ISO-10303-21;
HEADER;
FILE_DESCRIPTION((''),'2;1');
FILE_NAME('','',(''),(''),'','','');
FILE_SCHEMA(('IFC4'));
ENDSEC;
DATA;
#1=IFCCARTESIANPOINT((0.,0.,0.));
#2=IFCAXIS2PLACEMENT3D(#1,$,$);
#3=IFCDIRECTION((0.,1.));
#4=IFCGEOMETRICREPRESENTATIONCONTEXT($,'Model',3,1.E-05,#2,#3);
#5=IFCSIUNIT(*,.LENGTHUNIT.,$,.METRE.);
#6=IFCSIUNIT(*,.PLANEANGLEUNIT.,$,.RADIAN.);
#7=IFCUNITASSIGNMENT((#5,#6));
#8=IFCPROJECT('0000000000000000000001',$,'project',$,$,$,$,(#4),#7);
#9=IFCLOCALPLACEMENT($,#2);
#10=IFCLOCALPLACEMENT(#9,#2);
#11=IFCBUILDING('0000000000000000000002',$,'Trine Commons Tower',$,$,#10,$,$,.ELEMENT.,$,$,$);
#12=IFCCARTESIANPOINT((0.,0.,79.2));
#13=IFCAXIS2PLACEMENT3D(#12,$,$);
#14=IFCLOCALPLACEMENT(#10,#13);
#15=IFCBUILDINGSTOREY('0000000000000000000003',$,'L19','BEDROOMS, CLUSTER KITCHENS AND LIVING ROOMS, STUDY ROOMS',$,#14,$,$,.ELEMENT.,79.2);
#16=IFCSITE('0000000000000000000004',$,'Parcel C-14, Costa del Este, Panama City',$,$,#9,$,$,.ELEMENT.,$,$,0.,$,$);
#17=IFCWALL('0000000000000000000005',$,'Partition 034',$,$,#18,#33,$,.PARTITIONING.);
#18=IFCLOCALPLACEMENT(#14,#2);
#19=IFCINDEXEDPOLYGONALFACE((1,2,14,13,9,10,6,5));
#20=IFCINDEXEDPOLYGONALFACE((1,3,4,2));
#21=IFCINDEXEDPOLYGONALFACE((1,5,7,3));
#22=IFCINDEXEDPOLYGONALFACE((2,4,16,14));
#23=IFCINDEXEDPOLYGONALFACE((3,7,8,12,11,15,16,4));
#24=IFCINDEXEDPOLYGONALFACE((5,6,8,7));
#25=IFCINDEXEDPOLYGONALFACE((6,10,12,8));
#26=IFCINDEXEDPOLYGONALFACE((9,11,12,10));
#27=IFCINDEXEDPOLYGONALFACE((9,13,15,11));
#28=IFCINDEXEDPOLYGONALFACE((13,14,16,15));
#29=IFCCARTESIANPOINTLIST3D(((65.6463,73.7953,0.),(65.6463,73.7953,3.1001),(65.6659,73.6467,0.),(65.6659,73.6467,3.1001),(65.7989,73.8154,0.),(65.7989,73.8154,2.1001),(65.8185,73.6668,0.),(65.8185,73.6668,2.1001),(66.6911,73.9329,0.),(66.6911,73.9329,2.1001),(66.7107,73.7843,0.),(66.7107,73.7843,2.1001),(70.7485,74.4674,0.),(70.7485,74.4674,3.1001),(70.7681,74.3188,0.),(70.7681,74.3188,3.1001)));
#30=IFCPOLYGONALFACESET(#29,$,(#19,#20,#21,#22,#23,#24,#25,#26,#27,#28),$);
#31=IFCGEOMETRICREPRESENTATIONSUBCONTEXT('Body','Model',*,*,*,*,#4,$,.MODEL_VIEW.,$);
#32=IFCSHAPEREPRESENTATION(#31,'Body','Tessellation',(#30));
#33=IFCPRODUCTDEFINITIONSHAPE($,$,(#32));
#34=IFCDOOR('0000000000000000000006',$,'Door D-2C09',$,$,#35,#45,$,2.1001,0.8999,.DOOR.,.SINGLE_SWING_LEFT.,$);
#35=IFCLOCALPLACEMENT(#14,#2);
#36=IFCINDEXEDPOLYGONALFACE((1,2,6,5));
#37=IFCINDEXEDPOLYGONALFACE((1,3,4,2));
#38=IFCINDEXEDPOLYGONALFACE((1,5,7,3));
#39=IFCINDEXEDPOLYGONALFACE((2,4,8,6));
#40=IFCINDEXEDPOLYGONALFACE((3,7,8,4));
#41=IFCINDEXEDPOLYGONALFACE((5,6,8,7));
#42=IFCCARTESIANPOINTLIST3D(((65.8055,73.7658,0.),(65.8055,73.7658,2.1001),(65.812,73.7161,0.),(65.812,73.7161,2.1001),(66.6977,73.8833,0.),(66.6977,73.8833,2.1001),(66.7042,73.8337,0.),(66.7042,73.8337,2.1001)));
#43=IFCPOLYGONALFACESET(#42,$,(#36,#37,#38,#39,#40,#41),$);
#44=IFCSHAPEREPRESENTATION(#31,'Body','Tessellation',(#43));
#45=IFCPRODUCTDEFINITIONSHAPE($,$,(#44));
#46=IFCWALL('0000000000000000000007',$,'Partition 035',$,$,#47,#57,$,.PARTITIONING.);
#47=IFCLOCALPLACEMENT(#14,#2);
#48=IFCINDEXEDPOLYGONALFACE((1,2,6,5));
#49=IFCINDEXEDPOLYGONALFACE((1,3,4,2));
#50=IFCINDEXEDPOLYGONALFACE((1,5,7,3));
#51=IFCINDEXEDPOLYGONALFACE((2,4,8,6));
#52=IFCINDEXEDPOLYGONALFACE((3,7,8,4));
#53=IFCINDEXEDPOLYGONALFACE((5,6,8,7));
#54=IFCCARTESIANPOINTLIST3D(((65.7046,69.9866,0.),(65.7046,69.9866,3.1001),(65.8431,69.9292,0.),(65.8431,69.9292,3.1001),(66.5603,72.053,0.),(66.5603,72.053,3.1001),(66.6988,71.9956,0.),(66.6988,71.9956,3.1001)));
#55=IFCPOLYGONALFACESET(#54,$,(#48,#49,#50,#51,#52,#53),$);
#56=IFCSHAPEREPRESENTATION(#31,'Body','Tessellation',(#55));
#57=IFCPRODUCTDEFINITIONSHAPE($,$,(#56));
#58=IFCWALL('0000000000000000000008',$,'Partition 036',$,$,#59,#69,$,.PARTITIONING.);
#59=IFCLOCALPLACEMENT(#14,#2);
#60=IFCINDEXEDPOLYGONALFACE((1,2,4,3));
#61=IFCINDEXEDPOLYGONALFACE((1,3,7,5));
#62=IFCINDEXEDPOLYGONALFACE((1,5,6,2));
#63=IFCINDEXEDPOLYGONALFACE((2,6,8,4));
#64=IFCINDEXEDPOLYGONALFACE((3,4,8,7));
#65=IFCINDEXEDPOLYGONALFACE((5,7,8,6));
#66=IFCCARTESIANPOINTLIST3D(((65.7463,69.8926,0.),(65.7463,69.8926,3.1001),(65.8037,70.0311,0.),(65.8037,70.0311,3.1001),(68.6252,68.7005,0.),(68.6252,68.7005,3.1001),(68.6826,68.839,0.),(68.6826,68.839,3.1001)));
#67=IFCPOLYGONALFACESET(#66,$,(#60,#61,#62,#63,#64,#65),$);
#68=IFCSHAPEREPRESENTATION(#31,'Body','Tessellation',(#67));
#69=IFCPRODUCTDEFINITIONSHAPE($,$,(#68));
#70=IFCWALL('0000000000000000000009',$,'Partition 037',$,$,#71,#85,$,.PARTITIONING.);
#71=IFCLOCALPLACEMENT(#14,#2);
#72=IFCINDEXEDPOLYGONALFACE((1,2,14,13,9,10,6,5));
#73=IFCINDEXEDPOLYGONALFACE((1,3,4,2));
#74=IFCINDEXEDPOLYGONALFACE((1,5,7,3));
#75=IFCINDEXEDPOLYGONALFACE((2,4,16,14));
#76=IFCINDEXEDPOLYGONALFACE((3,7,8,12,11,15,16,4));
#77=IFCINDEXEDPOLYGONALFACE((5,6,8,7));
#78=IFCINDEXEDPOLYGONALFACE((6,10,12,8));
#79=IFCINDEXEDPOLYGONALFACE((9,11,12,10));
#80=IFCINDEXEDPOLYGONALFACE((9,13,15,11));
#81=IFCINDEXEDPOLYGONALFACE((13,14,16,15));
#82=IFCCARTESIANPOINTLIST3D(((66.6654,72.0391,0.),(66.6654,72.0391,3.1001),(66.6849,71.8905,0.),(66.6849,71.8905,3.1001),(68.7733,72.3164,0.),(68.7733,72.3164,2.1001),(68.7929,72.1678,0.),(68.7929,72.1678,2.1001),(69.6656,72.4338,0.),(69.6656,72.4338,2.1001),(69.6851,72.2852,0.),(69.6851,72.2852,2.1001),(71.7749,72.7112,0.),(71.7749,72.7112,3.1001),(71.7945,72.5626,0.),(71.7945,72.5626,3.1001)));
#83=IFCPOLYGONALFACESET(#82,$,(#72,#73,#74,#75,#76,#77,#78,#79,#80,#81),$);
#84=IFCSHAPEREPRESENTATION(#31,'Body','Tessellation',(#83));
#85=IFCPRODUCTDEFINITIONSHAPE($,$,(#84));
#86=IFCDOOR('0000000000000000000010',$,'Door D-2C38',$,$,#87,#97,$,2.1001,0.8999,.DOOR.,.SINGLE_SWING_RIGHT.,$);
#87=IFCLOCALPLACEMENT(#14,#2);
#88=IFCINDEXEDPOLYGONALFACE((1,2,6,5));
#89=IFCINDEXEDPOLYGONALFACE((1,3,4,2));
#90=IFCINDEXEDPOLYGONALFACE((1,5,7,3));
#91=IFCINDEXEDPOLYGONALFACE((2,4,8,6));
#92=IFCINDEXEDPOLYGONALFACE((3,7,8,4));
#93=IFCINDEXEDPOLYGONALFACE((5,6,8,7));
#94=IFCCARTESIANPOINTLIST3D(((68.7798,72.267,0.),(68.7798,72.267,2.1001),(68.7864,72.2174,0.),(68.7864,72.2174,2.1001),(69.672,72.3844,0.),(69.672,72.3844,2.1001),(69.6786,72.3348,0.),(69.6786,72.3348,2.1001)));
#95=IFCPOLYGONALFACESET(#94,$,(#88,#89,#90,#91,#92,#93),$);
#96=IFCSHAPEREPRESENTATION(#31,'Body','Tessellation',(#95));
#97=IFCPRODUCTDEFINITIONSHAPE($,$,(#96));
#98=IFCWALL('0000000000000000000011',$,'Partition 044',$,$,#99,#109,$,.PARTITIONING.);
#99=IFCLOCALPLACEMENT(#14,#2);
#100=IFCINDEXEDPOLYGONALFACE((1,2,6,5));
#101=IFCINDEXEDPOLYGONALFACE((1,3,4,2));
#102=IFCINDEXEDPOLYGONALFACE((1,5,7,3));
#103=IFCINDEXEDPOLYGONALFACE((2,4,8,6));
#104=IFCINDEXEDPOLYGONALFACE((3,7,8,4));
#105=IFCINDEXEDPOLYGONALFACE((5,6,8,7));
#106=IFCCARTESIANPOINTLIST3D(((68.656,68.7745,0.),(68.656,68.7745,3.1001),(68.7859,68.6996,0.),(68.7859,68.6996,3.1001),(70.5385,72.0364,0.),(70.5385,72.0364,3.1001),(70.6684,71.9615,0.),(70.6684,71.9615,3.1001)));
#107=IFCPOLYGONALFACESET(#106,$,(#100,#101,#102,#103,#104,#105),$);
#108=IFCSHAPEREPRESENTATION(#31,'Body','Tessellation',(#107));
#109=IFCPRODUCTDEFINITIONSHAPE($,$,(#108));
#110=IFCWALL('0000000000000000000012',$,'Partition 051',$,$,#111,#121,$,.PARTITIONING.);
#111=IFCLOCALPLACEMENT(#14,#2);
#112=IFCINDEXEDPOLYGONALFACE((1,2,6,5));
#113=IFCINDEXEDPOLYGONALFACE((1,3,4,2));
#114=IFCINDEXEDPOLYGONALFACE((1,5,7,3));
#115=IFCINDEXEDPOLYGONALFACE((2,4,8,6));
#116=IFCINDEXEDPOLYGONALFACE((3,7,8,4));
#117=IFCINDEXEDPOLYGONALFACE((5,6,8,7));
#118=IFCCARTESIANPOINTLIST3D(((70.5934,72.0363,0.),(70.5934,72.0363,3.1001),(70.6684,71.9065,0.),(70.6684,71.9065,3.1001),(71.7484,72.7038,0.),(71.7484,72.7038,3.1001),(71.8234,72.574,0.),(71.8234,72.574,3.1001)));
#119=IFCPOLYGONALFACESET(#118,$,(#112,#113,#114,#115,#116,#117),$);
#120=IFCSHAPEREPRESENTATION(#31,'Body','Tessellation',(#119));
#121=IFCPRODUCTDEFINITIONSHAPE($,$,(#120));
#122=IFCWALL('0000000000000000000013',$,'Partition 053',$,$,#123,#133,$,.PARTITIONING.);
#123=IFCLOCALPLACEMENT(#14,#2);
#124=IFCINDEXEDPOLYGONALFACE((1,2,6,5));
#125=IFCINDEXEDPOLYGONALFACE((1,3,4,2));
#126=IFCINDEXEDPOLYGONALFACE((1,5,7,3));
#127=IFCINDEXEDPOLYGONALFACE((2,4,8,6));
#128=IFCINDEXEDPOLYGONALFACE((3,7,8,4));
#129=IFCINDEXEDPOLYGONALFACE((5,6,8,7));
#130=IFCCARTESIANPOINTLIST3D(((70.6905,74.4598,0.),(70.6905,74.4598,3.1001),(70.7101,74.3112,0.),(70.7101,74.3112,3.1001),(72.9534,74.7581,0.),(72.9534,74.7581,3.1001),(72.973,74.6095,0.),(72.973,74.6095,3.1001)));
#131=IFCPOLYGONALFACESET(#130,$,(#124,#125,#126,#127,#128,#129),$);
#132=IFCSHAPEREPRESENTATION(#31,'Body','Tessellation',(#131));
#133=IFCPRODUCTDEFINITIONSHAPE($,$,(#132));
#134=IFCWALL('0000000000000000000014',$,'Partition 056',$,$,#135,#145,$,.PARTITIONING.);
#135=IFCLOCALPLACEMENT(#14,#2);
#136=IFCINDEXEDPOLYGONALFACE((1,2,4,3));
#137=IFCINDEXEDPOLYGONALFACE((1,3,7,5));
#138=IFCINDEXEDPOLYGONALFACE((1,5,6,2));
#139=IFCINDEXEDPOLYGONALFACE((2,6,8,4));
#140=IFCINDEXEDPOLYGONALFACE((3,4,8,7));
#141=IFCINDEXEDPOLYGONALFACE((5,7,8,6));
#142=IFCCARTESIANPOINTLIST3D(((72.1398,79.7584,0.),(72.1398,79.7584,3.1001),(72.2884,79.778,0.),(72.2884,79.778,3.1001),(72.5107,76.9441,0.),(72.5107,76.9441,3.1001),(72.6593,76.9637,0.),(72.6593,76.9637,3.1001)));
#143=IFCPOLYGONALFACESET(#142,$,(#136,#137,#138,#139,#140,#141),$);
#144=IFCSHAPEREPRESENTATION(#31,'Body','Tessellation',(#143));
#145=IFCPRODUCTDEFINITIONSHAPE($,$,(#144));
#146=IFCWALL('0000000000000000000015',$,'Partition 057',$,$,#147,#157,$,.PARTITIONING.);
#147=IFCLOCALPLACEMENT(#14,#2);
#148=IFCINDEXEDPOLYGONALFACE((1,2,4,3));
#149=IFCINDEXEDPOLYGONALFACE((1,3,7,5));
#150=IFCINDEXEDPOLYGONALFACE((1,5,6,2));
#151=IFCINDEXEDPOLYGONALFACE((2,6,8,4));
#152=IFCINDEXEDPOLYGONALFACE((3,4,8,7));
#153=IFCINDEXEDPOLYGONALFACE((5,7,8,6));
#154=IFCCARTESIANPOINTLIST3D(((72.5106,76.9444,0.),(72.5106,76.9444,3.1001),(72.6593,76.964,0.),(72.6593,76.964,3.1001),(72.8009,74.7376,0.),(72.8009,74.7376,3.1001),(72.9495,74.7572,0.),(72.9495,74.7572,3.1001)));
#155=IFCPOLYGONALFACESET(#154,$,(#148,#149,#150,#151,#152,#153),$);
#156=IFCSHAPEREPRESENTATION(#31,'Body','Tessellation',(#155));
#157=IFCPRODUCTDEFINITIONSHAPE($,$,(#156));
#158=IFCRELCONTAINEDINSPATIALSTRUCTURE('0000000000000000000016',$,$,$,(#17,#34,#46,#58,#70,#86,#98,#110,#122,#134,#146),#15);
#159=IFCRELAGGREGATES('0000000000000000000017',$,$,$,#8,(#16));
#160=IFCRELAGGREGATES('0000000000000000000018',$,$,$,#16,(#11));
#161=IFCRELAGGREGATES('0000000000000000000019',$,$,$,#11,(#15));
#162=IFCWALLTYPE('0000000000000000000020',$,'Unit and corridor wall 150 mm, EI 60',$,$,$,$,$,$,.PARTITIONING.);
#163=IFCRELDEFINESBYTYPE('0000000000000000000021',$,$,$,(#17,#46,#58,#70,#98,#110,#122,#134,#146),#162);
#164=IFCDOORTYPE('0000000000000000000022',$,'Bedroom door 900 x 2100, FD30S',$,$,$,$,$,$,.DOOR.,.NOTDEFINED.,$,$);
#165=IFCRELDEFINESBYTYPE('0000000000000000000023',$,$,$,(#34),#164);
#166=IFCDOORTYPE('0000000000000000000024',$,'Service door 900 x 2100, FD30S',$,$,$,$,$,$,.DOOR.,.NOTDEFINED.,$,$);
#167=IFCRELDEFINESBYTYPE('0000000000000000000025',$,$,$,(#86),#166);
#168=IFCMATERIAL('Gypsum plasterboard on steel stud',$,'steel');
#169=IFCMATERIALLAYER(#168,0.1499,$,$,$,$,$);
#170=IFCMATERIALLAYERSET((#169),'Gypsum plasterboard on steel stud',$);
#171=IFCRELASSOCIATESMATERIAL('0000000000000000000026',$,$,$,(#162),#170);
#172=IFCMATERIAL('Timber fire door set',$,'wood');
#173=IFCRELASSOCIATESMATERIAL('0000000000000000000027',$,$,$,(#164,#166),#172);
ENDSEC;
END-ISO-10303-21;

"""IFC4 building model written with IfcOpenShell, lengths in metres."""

from ifc_helpers import new_model, si_unit, direction, frame, frame_2d, origin, place, context, subcontext, project, spatial, rectangle, extrude, material, layer, layer_set, type_object, element, fill, save


model = new_model("IFC4")

# Units and contexts
model_context = context("Model", 3, precision=1e-05, world=origin(), true_north=direction((0.0, 1.0)))
body_context = subcontext(model_context, "Body", "Model", "MODEL_VIEW")
ifc_project = project(units=[si_unit("LENGTHUNIT", "METRE"), si_unit("PLANEANGLEUNIT", "RADIAN")], contexts=[model_context])

# Site, building, storey
site_placement = place(None, origin())
site = spatial("IfcSite", under=ifc_project, at=site_placement, Name="Parcel C-14, Costa del Este, Panama City", CompositionType="ELEMENT", RefElevation=0.0)
building_placement = place(site_placement, origin())
building = spatial("IfcBuilding", under=site, at=building_placement, Name="Trine Commons Tower", CompositionType="ELEMENT")
storey_placement = place(building_placement, frame((0.0, 0.0, 79.2)))
storey = spatial("IfcBuildingStorey", under=building, at=storey_placement, Name="L19", Description="BEDROOMS, CLUSTER KITCHENS AND LIVING ROOMS, STUDY ROOMS", CompositionType="ELEMENT", Elevation=79.2)

# Shared definitions
ifc_material_1 = material(Name="Gypsum plasterboard on steel stud", Category="steel")
ifc_layer_1 = layer(ifc_material_1, 0.1499)
ifc_layer_set_1 = layer_set([ifc_layer_1], Name="Gypsum plasterboard on steel stud")
wall_type_1 = type_object("IfcWallType", Name="Unit and corridor wall 150 mm, EI 60", PredefinedType="PARTITIONING", material=ifc_layer_set_1)

# Wall, opening, door
wall_1_placement = place(storey_placement, frame((65.656, 73.7209, 0.0), z_axis=(0.0, 0.0, 1.0), x_axis=(0.991434, 0.130607, 0.0)))
wall_1 = element("IfcWall", 1, at=wall_1_placement, inside=storey, type_object=wall_type_1, Name="Partition 034", PredefinedType="PARTITIONING", context=body_context, shape_type="SweptSolid", body=[
    extrude(rectangle(XDim=5.1462, YDim=0.1499, at=frame_2d((2.5732, 0.0))), origin(), (0.0, 0.0, 1.0), 3.1001),
])
opening_1_placement = place(wall_1_placement, frame((0.1541, 0.0, 0.0)))
opening_1 = element("IfcOpeningElement", 2, at=opening_1_placement, cuts=wall_1, PredefinedType="OPENING", context=body_context, shape_type="SweptSolid", body=[
    extrude(rectangle(XDim=0.8999, YDim=2.1001, at=frame_2d((0.45, 1.05))), frame((0.0, 0.085, 0.0), z_axis=(0.0, -1.0, 0.0), x_axis=(1.0, 0.0, 0.0)), (0.0, 0.0, 1.0), 0.1699),
])
ifc_material_2 = material(Name="Timber fire door set", Category="wood")
door_type_1 = type_object("IfcDoorType", Name="Bedroom door 900 x 2100, FD30S", OperationType="NOTDEFINED", PredefinedType="DOOR", material=ifc_material_2)
door_1_placement = place(opening_1_placement, origin())
door_1 = element("IfcDoor", 3, at=door_1_placement, inside=storey, type_object=door_type_1, Name="Door D-2C09", OperationType="SINGLE_SWING_LEFT", OverallHeight=2.1001, OverallWidth=0.8999, PredefinedType="DOOR", context=body_context, shape_type="SweptSolid", body=[
    extrude(rectangle(XDim=0.8999, YDim=2.1001, at=frame_2d((0.45, 1.05))), frame((0.0, 0.0249, 0.0), z_axis=(0.0, -1.0, 0.0), x_axis=(1.0, 0.0, 0.0)), (0.0, 0.0, 1.0), 0.05),
])
fill(opening_1, door_1)

# Walls
wall_2_placement = place(storey_placement, frame((65.7739, 69.958, 0.0), z_axis=(0.0, 0.0, 1.0), x_axis=(0.382599, 0.923914, 0.0)))
element("IfcWall", 4, at=wall_2_placement, inside=storey, type_object=wall_type_1, Name="Partition 035", PredefinedType="PARTITIONING", context=body_context, shape_type="SweptSolid", body=[
    extrude(rectangle(XDim=2.2366, YDim=0.1499, at=frame_2d((1.1182, 0.0))), origin(), (0.0, 0.0, 1.0), 3.1001),
])
wall_3_placement = place(storey_placement, frame((65.7749, 69.9619, 0.0), z_axis=(0.0, 0.0, 1.0), x_axis=(0.923918, -0.382589, 0.0)))
element("IfcWall", 5, at=wall_3_placement, inside=storey, type_object=wall_type_1, Name="Partition 036", PredefinedType="PARTITIONING", context=body_context, shape_type="SweptSolid", body=[
    extrude(rectangle(XDim=3.116, YDim=0.1499, at=frame_2d((1.5581, 0.0))), origin(), (0.0, 0.0, 1.0), 3.1001),
])

# Wall, opening, door
wall_4_placement = place(storey_placement, frame((66.6753, 71.9648, 0.0), z_axis=(0.0, 0.0, 1.0), x_axis=(0.991459, 0.130417, 0.0)))
wall_4 = element("IfcWall", 6, at=wall_4_placement, inside=storey, type_object=wall_type_1, Name="Partition 037", PredefinedType="PARTITIONING", context=body_context, shape_type="SweptSolid", body=[
    extrude(rectangle(XDim=5.1536, YDim=0.1499, at=frame_2d((2.5767, 0.0))), origin(), (0.0, 0.0, 1.0), 3.1001),
])
opening_2_placement = place(wall_4_placement, frame((2.126, 0.0, 0.0)))
opening_2 = element("IfcOpeningElement", 7, at=opening_2_placement, cuts=wall_4, PredefinedType="OPENING", context=body_context, shape_type="SweptSolid", body=[
    extrude(rectangle(XDim=0.8999, YDim=2.1001, at=frame_2d((0.45, 1.05))), frame((0.0, 0.085, 0.0), z_axis=(0.0, -1.0, 0.0), x_axis=(1.0, 0.0, 0.0)), (0.0, 0.0, 1.0), 0.1699),
])
door_type_2 = type_object("IfcDoorType", Name="Service door 900 x 2100, FD30S", OperationType="NOTDEFINED", PredefinedType="DOOR", material=ifc_material_2)
door_2_placement = place(opening_2_placement, frame((0.8999, 0.0, 0.0), z_axis=(0.0, 0.0, 1.0), x_axis=(-1.0, 0.0, 0.0)))
door_2 = element("IfcDoor", 8, at=door_2_placement, inside=storey, type_object=door_type_2, Name="Door D-2C38", OperationType="SINGLE_SWING_RIGHT", OverallHeight=2.1001, OverallWidth=0.8999, PredefinedType="DOOR", context=body_context, shape_type="SweptSolid", body=[
    extrude(rectangle(XDim=0.8999, YDim=2.1001, at=frame_2d((0.45, 1.05))), frame((0.0, 0.0249, 0.0), z_axis=(0.0, -1.0, 0.0), x_axis=(1.0, 0.0, 0.0)), (0.0, 0.0, 1.0), 0.05),
])
fill(opening_2, door_2)

# Walls
wall_5_placement = place(storey_placement, frame((68.7209, 68.7371, 0.0), z_axis=(0.0, 0.0, 1.0), x_axis=(0.499855, 0.866109, 0.0)))
element("IfcWall", 9, at=wall_5_placement, inside=storey, type_object=wall_type_1, Name="Partition 044", PredefinedType="PARTITIONING", context=body_context, shape_type="SweptSolid", body=[
    extrude(rectangle(XDim=3.7661, YDim=0.1499, at=frame_2d((1.8831, 0.0))), origin(), (0.0, 0.0, 1.0), 3.1001),
])
wall_6_placement = place(storey_placement, frame((70.6309, 71.9714, 0.0), z_axis=(0.0, 0.0, 1.0), x_axis=(0.865823, 0.500351, 0.0)))
element("IfcWall", 10, at=wall_6_placement, inside=storey, type_object=wall_type_1, Name="Partition 051", PredefinedType="PARTITIONING", context=body_context, shape_type="SweptSolid", body=[
    extrude(rectangle(XDim=1.334, YDim=0.1499, at=frame_2d((0.667, 0.0))), origin(), (0.0, 0.0, 1.0), 3.1001),
])
wall_7_placement = place(storey_placement, frame((70.7004, 74.3855, 0.0), z_axis=(0.0, 0.0, 1.0), x_axis=(0.991421, 0.130706, 0.0)))
element("IfcWall", 11, at=wall_7_placement, inside=storey, type_object=wall_type_1, Name="Partition 053", PredefinedType="PARTITIONING", context=body_context, shape_type="SweptSolid", body=[
    extrude(rectangle(XDim=2.2825, YDim=0.1499, at=frame_2d((1.1411, 0.0))), origin(), (0.0, 0.0, 1.0), 3.1001),
])
wall_8_placement = place(storey_placement, frame((72.2141, 79.7683, 0.0), z_axis=(0.0, 0.0, 1.0), x_axis=(0.130648, -0.991429, 0.0)))
element("IfcWall", 12, at=wall_8_placement, inside=storey, type_object=wall_type_1, Name="Partition 056", PredefinedType="PARTITIONING", context=body_context, shape_type="SweptSolid", body=[
    extrude(rectangle(XDim=2.8386, YDim=0.1499, at=frame_2d((1.4194, 0.0))), origin(), (0.0, 0.0, 1.0), 3.1001),
])
wall_9_placement = place(storey_placement, frame((72.585, 76.9541, 0.0), z_axis=(0.0, 0.0, 1.0), x_axis=(0.130418, -0.991459, 0.0)))
element("IfcWall", 13, at=wall_9_placement, inside=storey, type_object=wall_type_1, Name="Partition 057", PredefinedType="PARTITIONING", context=body_context, shape_type="SweptSolid", body=[
    extrude(rectangle(XDim=2.2258, YDim=0.1499, at=frame_2d((1.1128, 0.0))), origin(), (0.0, 0.0, 1.0), 3.1001),
])

save(model, "model.ifc")
